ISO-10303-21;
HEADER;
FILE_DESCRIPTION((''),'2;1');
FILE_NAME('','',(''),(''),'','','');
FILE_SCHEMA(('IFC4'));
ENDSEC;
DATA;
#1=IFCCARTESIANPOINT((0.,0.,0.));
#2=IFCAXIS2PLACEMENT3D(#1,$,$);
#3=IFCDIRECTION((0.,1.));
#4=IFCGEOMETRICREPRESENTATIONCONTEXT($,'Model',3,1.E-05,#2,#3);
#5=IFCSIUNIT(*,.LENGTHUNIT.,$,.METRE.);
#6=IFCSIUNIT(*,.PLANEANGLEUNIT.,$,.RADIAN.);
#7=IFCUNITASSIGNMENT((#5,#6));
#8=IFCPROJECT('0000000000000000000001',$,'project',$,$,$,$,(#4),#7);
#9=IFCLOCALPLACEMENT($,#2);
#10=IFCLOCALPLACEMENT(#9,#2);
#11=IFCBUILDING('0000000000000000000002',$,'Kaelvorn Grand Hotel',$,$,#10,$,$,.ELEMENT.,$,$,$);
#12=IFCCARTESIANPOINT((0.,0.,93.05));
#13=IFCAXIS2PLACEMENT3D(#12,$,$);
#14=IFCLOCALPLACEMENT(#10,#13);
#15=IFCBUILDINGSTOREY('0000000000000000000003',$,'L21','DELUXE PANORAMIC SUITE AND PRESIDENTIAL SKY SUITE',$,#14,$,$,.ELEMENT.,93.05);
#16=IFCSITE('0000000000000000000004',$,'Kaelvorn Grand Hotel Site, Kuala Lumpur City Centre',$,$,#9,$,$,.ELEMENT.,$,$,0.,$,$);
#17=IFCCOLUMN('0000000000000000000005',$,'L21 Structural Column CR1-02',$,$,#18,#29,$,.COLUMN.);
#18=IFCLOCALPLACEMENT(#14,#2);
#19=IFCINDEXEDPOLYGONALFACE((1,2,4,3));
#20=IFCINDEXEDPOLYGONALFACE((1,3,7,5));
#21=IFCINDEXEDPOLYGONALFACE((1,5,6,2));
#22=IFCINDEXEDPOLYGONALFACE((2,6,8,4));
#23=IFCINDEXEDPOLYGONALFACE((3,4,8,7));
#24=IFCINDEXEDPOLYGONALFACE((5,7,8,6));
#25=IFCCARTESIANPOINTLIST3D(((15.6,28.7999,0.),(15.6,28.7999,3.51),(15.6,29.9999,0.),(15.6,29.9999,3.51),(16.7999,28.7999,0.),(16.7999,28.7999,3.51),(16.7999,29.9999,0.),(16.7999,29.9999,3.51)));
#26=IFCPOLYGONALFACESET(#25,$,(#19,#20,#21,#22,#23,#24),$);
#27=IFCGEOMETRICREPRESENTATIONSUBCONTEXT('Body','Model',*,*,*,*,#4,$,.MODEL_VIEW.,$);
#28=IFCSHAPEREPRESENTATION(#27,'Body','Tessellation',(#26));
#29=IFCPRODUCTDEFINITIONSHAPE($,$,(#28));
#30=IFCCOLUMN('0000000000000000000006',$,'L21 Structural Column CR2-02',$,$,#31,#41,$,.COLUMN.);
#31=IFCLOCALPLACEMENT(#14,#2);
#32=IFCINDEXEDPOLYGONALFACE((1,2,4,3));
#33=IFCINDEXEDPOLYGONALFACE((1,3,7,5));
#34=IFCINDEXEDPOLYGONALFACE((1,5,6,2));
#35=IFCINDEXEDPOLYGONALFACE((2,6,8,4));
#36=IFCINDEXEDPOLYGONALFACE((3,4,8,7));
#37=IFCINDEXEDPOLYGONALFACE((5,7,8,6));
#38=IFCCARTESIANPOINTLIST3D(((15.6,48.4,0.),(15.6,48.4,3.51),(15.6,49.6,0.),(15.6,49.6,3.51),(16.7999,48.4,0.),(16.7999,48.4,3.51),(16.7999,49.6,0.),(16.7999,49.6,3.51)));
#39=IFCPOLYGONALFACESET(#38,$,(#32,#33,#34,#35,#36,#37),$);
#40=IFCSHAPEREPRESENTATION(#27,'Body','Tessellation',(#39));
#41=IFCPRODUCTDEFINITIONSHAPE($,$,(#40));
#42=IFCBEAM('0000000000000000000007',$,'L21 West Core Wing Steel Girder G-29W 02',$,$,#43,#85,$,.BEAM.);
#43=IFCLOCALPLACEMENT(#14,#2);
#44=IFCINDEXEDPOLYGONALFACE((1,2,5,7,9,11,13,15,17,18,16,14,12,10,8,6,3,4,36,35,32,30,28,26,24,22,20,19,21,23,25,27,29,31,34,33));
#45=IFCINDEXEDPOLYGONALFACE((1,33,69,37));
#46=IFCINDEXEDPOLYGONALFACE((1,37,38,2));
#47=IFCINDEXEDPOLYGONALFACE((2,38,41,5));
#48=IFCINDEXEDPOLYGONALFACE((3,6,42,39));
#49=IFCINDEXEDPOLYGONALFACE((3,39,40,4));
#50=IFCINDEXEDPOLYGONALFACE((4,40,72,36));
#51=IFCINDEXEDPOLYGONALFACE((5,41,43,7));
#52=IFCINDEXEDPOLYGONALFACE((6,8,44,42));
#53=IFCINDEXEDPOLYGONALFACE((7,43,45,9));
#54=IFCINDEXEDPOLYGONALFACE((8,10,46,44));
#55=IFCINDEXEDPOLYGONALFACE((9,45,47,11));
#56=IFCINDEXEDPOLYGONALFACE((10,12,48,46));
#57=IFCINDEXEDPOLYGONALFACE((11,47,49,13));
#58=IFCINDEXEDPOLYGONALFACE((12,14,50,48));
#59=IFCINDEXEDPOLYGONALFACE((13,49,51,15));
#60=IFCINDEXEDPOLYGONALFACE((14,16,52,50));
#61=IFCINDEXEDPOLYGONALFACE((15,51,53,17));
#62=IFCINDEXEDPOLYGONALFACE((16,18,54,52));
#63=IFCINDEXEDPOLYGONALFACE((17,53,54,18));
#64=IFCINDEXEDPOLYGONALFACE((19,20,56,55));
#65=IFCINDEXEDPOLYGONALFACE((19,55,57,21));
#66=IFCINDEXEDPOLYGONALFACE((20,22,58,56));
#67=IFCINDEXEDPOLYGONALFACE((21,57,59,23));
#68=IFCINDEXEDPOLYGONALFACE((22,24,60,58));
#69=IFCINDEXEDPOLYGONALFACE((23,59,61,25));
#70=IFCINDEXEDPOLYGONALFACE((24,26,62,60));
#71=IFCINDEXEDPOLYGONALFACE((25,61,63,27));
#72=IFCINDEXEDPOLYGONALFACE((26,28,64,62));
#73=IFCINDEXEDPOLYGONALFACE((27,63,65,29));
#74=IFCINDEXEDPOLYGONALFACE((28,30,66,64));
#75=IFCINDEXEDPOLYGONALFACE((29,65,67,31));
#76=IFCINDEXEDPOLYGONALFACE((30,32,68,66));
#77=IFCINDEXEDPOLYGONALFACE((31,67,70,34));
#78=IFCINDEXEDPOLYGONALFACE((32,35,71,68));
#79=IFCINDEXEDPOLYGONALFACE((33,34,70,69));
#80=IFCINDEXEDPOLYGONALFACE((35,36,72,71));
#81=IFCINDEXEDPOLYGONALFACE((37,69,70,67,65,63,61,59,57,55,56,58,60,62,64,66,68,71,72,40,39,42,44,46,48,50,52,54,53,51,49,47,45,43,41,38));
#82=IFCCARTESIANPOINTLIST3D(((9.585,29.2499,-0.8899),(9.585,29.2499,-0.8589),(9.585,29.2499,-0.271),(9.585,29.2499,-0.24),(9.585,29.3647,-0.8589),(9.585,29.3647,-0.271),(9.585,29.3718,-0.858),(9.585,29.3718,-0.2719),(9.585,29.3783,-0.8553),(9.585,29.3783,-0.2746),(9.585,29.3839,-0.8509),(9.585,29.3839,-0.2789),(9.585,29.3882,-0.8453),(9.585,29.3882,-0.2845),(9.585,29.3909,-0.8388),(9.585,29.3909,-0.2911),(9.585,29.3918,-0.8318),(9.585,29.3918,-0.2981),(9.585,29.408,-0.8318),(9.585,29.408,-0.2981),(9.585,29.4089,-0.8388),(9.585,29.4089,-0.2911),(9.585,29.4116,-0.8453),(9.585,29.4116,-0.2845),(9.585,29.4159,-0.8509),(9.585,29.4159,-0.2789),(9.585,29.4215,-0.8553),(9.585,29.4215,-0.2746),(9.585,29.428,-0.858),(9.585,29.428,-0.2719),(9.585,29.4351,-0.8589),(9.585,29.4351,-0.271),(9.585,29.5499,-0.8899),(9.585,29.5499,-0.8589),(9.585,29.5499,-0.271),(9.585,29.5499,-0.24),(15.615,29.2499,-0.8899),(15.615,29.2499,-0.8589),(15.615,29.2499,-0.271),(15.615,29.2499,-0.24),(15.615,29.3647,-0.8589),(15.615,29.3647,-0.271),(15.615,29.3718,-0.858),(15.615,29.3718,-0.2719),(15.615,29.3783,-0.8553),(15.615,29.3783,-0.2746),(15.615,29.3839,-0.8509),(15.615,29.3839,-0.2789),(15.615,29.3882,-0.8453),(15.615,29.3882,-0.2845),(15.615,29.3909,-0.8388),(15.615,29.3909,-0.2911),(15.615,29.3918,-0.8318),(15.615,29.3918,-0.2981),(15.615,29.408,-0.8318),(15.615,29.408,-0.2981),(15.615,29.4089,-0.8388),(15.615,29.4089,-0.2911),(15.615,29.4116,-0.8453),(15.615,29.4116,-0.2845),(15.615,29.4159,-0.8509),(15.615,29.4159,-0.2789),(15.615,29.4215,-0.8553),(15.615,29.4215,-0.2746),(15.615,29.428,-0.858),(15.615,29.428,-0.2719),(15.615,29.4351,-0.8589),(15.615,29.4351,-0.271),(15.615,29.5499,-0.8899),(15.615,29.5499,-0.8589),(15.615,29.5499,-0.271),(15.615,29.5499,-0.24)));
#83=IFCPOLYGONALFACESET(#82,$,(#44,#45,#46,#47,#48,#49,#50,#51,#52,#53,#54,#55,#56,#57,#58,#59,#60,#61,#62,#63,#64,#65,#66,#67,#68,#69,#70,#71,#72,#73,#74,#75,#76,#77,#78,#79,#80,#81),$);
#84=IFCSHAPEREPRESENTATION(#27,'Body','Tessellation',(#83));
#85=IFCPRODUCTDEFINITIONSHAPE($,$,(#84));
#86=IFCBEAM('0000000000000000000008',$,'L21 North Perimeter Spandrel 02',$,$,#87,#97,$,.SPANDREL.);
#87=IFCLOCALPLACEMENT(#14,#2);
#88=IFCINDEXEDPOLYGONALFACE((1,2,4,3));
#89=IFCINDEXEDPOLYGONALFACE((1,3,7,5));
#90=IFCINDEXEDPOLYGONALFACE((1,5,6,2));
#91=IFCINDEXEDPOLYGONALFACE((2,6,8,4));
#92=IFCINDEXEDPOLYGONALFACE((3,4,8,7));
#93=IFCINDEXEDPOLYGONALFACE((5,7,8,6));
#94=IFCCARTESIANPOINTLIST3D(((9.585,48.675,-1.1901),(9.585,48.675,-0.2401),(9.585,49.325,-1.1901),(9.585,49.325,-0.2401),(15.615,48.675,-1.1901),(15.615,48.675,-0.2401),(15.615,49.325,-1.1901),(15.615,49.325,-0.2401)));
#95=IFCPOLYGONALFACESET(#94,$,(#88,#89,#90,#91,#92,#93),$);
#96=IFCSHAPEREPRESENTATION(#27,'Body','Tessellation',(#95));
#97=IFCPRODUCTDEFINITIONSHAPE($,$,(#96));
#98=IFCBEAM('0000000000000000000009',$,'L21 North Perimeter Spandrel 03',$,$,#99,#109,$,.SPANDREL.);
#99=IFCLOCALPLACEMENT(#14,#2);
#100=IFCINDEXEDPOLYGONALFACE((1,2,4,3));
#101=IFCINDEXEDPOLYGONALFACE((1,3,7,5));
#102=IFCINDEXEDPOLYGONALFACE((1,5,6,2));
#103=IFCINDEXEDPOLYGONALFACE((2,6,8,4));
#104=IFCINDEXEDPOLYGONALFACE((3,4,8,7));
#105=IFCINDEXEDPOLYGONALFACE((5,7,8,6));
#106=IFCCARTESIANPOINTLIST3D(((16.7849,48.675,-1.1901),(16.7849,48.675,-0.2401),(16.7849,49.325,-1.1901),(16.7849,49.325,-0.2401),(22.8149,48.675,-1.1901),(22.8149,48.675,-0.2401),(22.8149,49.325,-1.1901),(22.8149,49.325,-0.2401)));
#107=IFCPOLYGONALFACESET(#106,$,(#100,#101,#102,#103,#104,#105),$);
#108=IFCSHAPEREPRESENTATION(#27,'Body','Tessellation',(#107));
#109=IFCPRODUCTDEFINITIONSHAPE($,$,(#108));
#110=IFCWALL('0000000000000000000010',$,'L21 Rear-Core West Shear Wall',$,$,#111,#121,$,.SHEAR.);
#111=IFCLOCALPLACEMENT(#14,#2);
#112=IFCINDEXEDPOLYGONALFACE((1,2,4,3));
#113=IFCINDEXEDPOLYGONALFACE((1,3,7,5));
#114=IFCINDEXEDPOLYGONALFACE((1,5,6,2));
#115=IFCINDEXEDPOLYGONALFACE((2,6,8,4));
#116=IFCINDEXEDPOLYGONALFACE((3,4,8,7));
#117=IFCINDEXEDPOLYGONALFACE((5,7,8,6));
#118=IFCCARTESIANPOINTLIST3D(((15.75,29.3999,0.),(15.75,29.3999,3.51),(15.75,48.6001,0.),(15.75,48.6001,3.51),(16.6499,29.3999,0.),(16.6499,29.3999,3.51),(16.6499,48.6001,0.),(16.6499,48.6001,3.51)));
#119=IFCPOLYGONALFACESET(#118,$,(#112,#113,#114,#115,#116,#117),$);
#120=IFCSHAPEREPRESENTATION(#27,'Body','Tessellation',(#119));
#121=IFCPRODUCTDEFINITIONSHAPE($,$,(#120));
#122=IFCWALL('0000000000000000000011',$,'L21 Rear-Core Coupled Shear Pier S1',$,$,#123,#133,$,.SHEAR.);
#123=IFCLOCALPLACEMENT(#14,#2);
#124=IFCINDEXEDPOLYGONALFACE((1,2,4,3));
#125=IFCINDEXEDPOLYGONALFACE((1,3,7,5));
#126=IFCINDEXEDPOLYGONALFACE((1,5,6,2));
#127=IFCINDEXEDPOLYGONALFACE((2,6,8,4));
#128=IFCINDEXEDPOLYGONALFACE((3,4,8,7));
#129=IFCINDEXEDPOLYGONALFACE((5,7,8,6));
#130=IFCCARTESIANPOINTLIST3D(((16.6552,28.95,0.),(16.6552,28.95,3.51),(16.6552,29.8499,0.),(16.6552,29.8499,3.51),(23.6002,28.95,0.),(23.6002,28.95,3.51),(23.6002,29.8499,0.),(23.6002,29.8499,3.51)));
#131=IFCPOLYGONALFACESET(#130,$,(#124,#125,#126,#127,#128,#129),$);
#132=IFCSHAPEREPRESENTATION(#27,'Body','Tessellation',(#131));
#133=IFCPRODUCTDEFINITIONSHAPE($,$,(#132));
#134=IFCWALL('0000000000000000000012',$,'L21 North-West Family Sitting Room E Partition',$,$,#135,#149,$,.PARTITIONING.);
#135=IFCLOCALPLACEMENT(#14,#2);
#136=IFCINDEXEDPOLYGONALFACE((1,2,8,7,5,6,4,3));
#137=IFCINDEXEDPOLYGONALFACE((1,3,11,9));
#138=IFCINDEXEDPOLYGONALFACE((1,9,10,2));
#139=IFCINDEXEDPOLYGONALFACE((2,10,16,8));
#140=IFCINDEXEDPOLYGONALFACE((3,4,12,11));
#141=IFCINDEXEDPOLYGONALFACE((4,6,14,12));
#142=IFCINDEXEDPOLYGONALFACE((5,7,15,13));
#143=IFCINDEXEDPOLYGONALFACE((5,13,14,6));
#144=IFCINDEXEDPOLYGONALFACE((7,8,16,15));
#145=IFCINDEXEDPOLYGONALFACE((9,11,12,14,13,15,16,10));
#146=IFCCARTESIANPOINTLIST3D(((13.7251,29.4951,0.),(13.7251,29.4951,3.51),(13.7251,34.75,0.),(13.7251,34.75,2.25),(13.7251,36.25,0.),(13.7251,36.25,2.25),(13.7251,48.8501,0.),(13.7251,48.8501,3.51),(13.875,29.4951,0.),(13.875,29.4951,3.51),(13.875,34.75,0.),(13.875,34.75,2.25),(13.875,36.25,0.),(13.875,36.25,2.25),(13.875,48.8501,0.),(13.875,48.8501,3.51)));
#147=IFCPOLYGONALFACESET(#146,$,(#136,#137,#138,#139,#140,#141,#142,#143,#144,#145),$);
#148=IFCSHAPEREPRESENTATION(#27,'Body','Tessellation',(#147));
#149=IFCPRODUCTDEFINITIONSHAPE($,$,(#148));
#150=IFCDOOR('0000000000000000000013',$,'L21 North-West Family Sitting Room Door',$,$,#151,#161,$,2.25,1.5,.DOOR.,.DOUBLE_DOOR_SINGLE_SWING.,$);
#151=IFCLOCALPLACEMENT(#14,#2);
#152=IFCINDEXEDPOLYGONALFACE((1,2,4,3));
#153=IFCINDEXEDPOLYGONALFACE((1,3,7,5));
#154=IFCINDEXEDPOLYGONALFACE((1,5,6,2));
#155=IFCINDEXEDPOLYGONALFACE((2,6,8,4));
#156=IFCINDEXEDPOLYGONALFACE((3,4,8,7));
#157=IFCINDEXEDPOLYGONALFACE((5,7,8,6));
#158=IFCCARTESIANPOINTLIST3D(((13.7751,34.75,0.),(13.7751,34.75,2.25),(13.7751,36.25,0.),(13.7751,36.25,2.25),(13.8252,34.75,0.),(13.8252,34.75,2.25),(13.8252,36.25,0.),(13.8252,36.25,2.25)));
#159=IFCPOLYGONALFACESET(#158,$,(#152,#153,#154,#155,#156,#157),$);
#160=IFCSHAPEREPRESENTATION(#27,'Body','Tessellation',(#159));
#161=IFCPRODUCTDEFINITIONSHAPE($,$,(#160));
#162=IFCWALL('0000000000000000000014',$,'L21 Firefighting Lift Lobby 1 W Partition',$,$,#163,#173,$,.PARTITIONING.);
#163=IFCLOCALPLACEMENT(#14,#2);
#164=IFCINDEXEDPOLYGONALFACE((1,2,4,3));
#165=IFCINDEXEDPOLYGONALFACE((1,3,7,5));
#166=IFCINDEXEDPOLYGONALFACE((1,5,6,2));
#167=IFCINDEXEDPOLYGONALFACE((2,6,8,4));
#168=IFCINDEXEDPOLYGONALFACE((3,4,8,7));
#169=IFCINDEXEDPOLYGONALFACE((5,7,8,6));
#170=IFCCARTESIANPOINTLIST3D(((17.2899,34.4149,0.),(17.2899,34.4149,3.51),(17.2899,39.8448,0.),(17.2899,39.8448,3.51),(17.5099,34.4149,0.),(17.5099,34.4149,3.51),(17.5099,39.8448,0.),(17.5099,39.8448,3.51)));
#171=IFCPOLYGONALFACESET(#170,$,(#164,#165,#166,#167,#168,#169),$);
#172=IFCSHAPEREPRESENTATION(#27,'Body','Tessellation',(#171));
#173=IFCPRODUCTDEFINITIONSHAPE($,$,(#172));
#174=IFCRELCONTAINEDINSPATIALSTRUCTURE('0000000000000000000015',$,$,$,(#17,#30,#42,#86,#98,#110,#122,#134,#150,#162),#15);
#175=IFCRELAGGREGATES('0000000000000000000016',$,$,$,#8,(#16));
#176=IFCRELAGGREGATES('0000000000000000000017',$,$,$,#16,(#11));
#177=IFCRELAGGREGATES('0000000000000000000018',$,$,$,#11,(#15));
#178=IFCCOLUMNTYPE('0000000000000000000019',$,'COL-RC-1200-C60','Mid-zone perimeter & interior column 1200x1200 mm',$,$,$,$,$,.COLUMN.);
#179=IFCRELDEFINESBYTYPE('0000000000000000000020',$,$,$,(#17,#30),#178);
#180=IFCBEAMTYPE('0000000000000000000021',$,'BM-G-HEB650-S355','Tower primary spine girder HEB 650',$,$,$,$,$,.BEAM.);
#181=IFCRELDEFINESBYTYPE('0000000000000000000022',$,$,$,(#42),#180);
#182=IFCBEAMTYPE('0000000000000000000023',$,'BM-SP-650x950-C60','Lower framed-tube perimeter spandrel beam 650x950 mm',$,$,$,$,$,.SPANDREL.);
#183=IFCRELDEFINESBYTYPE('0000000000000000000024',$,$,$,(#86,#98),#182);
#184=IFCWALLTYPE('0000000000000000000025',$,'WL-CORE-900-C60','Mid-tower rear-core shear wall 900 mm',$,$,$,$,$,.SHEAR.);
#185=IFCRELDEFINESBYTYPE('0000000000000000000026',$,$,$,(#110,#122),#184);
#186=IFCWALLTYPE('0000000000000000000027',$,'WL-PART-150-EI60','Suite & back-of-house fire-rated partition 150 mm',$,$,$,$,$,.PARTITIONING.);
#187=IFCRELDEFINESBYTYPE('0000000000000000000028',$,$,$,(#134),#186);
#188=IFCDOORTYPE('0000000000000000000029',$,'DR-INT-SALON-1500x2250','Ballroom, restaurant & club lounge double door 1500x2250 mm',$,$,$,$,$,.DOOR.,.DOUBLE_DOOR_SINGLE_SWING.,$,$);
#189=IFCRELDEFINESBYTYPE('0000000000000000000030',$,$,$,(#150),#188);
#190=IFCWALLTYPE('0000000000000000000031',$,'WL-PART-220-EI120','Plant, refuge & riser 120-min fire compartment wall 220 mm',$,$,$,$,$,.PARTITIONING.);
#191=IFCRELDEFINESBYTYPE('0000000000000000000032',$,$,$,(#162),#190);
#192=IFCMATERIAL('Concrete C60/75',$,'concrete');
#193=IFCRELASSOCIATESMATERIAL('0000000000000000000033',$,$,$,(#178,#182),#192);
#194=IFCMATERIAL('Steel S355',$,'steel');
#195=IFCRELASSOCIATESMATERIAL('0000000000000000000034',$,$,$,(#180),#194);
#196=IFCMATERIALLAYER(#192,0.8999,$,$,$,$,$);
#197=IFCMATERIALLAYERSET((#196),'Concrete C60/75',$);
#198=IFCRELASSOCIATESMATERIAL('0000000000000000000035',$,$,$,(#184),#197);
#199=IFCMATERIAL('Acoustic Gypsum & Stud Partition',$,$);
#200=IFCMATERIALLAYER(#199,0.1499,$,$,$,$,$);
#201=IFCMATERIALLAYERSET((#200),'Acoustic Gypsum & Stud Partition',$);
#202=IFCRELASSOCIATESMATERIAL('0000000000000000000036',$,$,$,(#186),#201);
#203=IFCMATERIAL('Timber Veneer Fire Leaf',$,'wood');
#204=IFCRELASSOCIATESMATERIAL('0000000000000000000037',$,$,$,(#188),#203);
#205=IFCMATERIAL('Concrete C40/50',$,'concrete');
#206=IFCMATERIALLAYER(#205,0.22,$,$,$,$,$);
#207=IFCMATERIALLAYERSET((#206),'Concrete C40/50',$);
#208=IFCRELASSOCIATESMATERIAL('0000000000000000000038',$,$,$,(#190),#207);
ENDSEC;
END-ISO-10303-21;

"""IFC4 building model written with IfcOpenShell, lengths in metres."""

from ifc_helpers import new_model, si_unit, direction, frame, frame_2d, origin, origin_2d, place, context, subcontext, project, spatial, rectangle, i_section, extrude, material, layer, layer_set, material_profile, profile_set, type_object, element, fill, save


model = new_model("IFC4")

# Units and contexts
model_context = context("Model", 3, precision=1e-05, world=origin(), true_north=direction((0.0, 1.0)))
body_context = subcontext(model_context, "Body", "Model", "MODEL_VIEW")
ifc_project = project(units=[si_unit("LENGTHUNIT", "METRE"), si_unit("PLANEANGLEUNIT", "RADIAN")], contexts=[model_context])

# Site, building, storey
site_placement = place(None, origin())
site = spatial("IfcSite", under=ifc_project, at=site_placement, Name="Kaelvorn Grand Hotel Site, Kuala Lumpur City Centre", CompositionType="ELEMENT", RefElevation=0.0)
building_placement = place(site_placement, origin())
building = spatial("IfcBuilding", under=site, at=building_placement, Name="Kaelvorn Grand Hotel", CompositionType="ELEMENT")
storey_placement = place(building_placement, frame((0.0, 0.0, 93.05)))
storey = spatial("IfcBuildingStorey", under=building, at=storey_placement, Name="L21", Description="DELUXE PANORAMIC SUITE AND PRESIDENTIAL SKY SUITE", CompositionType="ELEMENT", Elevation=93.05)

# Columns
ifc_material_1 = material(Name="Concrete C60/75", Category="concrete")
ifc_material_profile_1 = material_profile(ifc_material_1, rectangle(XDim=1.2, YDim=1.2, at=origin_2d()), Name="RC COL 1200x1200")
ifc_profile_set_1 = profile_set([ifc_material_profile_1], Name="Concrete C60/75")
column_type = type_object("IfcColumnType", Name="COL-RC-1200-C60", Description="Mid-zone perimeter & interior column 1200x1200 mm", PredefinedType="COLUMN", material=ifc_profile_set_1)
for number, where, z_axis, x_axis, name in (
    (1, (16.2, 29.3999, 0.0), (0.0, 0.0, 1.0), (1.0, 0.0, 0.0), "L21 Structural Column CR1-02"),
    (2, (16.2, 49.0, 0.0), (0.0, 0.0, 1.0), (1.0, 0.0, 0.0), "L21 Structural Column CR2-02"),
):
    element("IfcColumn", number, at=place(storey_placement, frame(where, z_axis=z_axis, x_axis=x_axis)), inside=storey, type_object=column_type, Name=name, PredefinedType="COLUMN", context=body_context, shape_type="SweptSolid", body=[
        extrude(rectangle(XDim=1.2, YDim=1.2, at=origin_2d()), origin(), (0.0, 0.0, 1.0), 3.51),
    ])

# Beams
ifc_material_2 = material(Name="Steel S355", Category="steel")
ifc_material_profile_2 = material_profile(ifc_material_2, i_section(OverallWidth=0.3, OverallDepth=0.6499, WebThickness=0.0161, FlangeThickness=0.031, FilletRadius=0.0271, at=origin_2d()), Name="HEB 650")
ifc_profile_set_2 = profile_set([ifc_material_profile_2], Name="Steel S355")
beam_type_1 = type_object("IfcBeamType", Name="BM-G-HEB650-S355", Description="Tower primary spine girder HEB 650", PredefinedType="BEAM", material=ifc_profile_set_2)
beam_placement = place(storey_placement, frame((9.585, 29.3999, -0.5649), z_axis=(1.0, 0.0, 0.0), x_axis=(0.0, 1.0, 0.0)))
element("IfcBeam", 3, at=beam_placement, inside=storey, type_object=beam_type_1, Name="L21 West Core Wing Steel Girder G-29W 02", PredefinedType="BEAM", context=body_context, shape_type="SweptSolid", body=[
    extrude(i_section(OverallWidth=0.3, OverallDepth=0.6499, WebThickness=0.0161, FlangeThickness=0.031, FilletRadius=0.0271, at=origin_2d()), origin(), (0.0, 0.0, 1.0), 6.03),
])
ifc_material_profile_3 = material_profile(ifc_material_1, rectangle(XDim=0.6499, YDim=0.95, at=origin_2d()), Name="RC SPANDREL 650x950")
ifc_profile_set_3 = profile_set([ifc_material_profile_3], Name="Concrete C60/75")
beam_type_2 = type_object("IfcBeamType", Name="BM-SP-650x950-C60", Description="Lower framed-tube perimeter spandrel beam 650x950 mm", PredefinedType="SPANDREL", material=ifc_profile_set_3)
for number, where, z_axis, x_axis, name in (
    (4, (9.585, 49.0, -0.7151), (1.0, 0.0, 0.0), (0.0, 1.0, 0.0), "L21 North Perimeter Spandrel 02"),
    (5, (16.7849, 49.0, -0.7151), (1.0, 0.0, 0.0), (0.0, 1.0, 0.0), "L21 North Perimeter Spandrel 03"),
):
    element("IfcBeam", number, at=place(storey_placement, frame(where, z_axis=z_axis, x_axis=x_axis)), inside=storey, type_object=beam_type_2, Name=name, PredefinedType="SPANDREL", context=body_context, shape_type="SweptSolid", body=[
        extrude(rectangle(XDim=0.6499, YDim=0.95, at=origin_2d()), origin(), (0.0, 0.0, 1.0), 6.03),
    ])

# Walls
ifc_layer_1 = layer(ifc_material_1, 0.8999)
ifc_layer_set_1 = layer_set([ifc_layer_1], Name="Concrete C60/75")
wall_type_1 = type_object("IfcWallType", Name="WL-CORE-900-C60", Description="Mid-tower rear-core shear wall 900 mm", PredefinedType="SHEAR", material=ifc_layer_set_1)
wall_1_placement = place(storey_placement, frame((16.2, 29.3999, 0.0), z_axis=(0.0, 0.0, 1.0), x_axis=(0.0, 1.0, 0.0)))
element("IfcWall", 6, at=wall_1_placement, inside=storey, type_object=wall_type_1, Name="L21 Rear-Core West Shear Wall", PredefinedType="SHEAR", context=body_context, shape_type="SweptSolid", body=[
    extrude(rectangle(XDim=19.2002, YDim=0.8999, at=frame_2d((9.6001, 0.0))), origin(), (0.0, 0.0, 1.0), 3.51),
])
wall_2_placement = place(storey_placement, frame((16.655, 29.3999, 0.0), z_axis=(0.0, 0.0, 1.0), x_axis=(1.0, 0.0, 0.0)))
element("IfcWall", 7, at=wall_2_placement, inside=storey, type_object=wall_type_1, Name="L21 Rear-Core Coupled Shear Pier S1", PredefinedType="SHEAR", context=body_context, shape_type="SweptSolid", body=[
    extrude(rectangle(XDim=6.9451, YDim=0.8999, at=frame_2d((3.4727, 0.0))), origin(), (0.0, 0.0, 1.0), 3.51),
])

# Wall, opening, door
ifc_material_3 = material(Name="Acoustic Gypsum & Stud Partition")
ifc_layer_2 = layer(ifc_material_3, 0.1499)
ifc_layer_set_2 = layer_set([ifc_layer_2], Name="Acoustic Gypsum & Stud Partition")
wall_type_2 = type_object("IfcWallType", Name="WL-PART-150-EI60", Description="Suite & back-of-house fire-rated partition 150 mm", PredefinedType="PARTITIONING", material=ifc_layer_set_2)
wall_3_placement = place(storey_placement, frame((13.8, 29.4951, 0.0), z_axis=(0.0, 0.0, 1.0), x_axis=(0.0, 1.0, 0.0)))
wall_3 = element("IfcWall", 8, at=wall_3_placement, inside=storey, type_object=wall_type_2, Name="L21 North-West Family Sitting Room E Partition", PredefinedType="PARTITIONING", context=body_context, shape_type="SweptSolid", body=[
    extrude(rectangle(XDim=19.355, YDim=0.1499, at=frame_2d((9.6775, 0.0))), origin(), (0.0, 0.0, 1.0), 3.51),
])
opening_1_placement = place(wall_3_placement, frame((5.2549, 0.0, 0.0)))
opening_1 = element("IfcOpeningElement", 9, at=opening_1_placement, cuts=wall_3, PredefinedType="OPENING", context=body_context, shape_type="SweptSolid", body=[
    extrude(rectangle(XDim=1.5, YDim=2.25, at=frame_2d((0.75, 1.125))), frame((0.0, 0.085, 0.0), z_axis=(0.0, -1.0, 0.0), x_axis=(1.0, 0.0, 0.0)), (0.0, 0.0, 1.0), 0.1699),
])
ifc_material_4 = material(Name="Timber Veneer Fire Leaf", Category="wood")
door_type_1 = type_object("IfcDoorType", Name="DR-INT-SALON-1500x2250", Description="Ballroom, restaurant & club lounge double door 1500x2250 mm", OperationType="DOUBLE_DOOR_SINGLE_SWING", PredefinedType="DOOR", material=ifc_material_4)
door_1_placement = place(opening_1_placement, origin())
door_1 = element("IfcDoor", 10, at=door_1_placement, inside=storey, type_object=door_type_1, Name="L21 North-West Family Sitting Room Door", OperationType="DOUBLE_DOOR_SINGLE_SWING", OverallHeight=2.25, OverallWidth=1.5, PredefinedType="DOOR", context=body_context, shape_type="SweptSolid", body=[
    extrude(rectangle(XDim=1.5, YDim=2.25, at=frame_2d((0.75, 1.125))), frame((0.0, 0.0249, 0.0), z_axis=(0.0, -1.0, 0.0), x_axis=(1.0, 0.0, 0.0)), (0.0, 0.0, 1.0), 0.05),
])
fill(opening_1, door_1)
ifc_material_5 = material(Name="Concrete C40/50", Category="concrete")
ifc_layer_3 = layer(ifc_material_5, 0.22)
ifc_layer_set_3 = layer_set([ifc_layer_3], Name="Concrete C40/50")
wall_type_3 = type_object("IfcWallType", Name="WL-PART-220-EI120", Description="Plant, refuge & riser 120-min fire compartment wall 220 mm", PredefinedType="PARTITIONING", material=ifc_layer_set_3)

# Wall
wall_4_placement = place(storey_placement, frame((17.3999, 34.415, 0.0), z_axis=(0.0, 0.0, 1.0), x_axis=(0.0, 1.0, 0.0)))
element("IfcWall", 11, at=wall_4_placement, inside=storey, type_object=wall_type_3, Name="L21 Firefighting Lift Lobby 1 W Partition", PredefinedType="PARTITIONING", context=body_context, shape_type="SweptSolid", body=[
    extrude(rectangle(XDim=5.4299, YDim=0.22, at=frame_2d((2.7148, 0.0))), origin(), (0.0, 0.0, 1.0), 3.51),
])

save(model, "model.ifc")
